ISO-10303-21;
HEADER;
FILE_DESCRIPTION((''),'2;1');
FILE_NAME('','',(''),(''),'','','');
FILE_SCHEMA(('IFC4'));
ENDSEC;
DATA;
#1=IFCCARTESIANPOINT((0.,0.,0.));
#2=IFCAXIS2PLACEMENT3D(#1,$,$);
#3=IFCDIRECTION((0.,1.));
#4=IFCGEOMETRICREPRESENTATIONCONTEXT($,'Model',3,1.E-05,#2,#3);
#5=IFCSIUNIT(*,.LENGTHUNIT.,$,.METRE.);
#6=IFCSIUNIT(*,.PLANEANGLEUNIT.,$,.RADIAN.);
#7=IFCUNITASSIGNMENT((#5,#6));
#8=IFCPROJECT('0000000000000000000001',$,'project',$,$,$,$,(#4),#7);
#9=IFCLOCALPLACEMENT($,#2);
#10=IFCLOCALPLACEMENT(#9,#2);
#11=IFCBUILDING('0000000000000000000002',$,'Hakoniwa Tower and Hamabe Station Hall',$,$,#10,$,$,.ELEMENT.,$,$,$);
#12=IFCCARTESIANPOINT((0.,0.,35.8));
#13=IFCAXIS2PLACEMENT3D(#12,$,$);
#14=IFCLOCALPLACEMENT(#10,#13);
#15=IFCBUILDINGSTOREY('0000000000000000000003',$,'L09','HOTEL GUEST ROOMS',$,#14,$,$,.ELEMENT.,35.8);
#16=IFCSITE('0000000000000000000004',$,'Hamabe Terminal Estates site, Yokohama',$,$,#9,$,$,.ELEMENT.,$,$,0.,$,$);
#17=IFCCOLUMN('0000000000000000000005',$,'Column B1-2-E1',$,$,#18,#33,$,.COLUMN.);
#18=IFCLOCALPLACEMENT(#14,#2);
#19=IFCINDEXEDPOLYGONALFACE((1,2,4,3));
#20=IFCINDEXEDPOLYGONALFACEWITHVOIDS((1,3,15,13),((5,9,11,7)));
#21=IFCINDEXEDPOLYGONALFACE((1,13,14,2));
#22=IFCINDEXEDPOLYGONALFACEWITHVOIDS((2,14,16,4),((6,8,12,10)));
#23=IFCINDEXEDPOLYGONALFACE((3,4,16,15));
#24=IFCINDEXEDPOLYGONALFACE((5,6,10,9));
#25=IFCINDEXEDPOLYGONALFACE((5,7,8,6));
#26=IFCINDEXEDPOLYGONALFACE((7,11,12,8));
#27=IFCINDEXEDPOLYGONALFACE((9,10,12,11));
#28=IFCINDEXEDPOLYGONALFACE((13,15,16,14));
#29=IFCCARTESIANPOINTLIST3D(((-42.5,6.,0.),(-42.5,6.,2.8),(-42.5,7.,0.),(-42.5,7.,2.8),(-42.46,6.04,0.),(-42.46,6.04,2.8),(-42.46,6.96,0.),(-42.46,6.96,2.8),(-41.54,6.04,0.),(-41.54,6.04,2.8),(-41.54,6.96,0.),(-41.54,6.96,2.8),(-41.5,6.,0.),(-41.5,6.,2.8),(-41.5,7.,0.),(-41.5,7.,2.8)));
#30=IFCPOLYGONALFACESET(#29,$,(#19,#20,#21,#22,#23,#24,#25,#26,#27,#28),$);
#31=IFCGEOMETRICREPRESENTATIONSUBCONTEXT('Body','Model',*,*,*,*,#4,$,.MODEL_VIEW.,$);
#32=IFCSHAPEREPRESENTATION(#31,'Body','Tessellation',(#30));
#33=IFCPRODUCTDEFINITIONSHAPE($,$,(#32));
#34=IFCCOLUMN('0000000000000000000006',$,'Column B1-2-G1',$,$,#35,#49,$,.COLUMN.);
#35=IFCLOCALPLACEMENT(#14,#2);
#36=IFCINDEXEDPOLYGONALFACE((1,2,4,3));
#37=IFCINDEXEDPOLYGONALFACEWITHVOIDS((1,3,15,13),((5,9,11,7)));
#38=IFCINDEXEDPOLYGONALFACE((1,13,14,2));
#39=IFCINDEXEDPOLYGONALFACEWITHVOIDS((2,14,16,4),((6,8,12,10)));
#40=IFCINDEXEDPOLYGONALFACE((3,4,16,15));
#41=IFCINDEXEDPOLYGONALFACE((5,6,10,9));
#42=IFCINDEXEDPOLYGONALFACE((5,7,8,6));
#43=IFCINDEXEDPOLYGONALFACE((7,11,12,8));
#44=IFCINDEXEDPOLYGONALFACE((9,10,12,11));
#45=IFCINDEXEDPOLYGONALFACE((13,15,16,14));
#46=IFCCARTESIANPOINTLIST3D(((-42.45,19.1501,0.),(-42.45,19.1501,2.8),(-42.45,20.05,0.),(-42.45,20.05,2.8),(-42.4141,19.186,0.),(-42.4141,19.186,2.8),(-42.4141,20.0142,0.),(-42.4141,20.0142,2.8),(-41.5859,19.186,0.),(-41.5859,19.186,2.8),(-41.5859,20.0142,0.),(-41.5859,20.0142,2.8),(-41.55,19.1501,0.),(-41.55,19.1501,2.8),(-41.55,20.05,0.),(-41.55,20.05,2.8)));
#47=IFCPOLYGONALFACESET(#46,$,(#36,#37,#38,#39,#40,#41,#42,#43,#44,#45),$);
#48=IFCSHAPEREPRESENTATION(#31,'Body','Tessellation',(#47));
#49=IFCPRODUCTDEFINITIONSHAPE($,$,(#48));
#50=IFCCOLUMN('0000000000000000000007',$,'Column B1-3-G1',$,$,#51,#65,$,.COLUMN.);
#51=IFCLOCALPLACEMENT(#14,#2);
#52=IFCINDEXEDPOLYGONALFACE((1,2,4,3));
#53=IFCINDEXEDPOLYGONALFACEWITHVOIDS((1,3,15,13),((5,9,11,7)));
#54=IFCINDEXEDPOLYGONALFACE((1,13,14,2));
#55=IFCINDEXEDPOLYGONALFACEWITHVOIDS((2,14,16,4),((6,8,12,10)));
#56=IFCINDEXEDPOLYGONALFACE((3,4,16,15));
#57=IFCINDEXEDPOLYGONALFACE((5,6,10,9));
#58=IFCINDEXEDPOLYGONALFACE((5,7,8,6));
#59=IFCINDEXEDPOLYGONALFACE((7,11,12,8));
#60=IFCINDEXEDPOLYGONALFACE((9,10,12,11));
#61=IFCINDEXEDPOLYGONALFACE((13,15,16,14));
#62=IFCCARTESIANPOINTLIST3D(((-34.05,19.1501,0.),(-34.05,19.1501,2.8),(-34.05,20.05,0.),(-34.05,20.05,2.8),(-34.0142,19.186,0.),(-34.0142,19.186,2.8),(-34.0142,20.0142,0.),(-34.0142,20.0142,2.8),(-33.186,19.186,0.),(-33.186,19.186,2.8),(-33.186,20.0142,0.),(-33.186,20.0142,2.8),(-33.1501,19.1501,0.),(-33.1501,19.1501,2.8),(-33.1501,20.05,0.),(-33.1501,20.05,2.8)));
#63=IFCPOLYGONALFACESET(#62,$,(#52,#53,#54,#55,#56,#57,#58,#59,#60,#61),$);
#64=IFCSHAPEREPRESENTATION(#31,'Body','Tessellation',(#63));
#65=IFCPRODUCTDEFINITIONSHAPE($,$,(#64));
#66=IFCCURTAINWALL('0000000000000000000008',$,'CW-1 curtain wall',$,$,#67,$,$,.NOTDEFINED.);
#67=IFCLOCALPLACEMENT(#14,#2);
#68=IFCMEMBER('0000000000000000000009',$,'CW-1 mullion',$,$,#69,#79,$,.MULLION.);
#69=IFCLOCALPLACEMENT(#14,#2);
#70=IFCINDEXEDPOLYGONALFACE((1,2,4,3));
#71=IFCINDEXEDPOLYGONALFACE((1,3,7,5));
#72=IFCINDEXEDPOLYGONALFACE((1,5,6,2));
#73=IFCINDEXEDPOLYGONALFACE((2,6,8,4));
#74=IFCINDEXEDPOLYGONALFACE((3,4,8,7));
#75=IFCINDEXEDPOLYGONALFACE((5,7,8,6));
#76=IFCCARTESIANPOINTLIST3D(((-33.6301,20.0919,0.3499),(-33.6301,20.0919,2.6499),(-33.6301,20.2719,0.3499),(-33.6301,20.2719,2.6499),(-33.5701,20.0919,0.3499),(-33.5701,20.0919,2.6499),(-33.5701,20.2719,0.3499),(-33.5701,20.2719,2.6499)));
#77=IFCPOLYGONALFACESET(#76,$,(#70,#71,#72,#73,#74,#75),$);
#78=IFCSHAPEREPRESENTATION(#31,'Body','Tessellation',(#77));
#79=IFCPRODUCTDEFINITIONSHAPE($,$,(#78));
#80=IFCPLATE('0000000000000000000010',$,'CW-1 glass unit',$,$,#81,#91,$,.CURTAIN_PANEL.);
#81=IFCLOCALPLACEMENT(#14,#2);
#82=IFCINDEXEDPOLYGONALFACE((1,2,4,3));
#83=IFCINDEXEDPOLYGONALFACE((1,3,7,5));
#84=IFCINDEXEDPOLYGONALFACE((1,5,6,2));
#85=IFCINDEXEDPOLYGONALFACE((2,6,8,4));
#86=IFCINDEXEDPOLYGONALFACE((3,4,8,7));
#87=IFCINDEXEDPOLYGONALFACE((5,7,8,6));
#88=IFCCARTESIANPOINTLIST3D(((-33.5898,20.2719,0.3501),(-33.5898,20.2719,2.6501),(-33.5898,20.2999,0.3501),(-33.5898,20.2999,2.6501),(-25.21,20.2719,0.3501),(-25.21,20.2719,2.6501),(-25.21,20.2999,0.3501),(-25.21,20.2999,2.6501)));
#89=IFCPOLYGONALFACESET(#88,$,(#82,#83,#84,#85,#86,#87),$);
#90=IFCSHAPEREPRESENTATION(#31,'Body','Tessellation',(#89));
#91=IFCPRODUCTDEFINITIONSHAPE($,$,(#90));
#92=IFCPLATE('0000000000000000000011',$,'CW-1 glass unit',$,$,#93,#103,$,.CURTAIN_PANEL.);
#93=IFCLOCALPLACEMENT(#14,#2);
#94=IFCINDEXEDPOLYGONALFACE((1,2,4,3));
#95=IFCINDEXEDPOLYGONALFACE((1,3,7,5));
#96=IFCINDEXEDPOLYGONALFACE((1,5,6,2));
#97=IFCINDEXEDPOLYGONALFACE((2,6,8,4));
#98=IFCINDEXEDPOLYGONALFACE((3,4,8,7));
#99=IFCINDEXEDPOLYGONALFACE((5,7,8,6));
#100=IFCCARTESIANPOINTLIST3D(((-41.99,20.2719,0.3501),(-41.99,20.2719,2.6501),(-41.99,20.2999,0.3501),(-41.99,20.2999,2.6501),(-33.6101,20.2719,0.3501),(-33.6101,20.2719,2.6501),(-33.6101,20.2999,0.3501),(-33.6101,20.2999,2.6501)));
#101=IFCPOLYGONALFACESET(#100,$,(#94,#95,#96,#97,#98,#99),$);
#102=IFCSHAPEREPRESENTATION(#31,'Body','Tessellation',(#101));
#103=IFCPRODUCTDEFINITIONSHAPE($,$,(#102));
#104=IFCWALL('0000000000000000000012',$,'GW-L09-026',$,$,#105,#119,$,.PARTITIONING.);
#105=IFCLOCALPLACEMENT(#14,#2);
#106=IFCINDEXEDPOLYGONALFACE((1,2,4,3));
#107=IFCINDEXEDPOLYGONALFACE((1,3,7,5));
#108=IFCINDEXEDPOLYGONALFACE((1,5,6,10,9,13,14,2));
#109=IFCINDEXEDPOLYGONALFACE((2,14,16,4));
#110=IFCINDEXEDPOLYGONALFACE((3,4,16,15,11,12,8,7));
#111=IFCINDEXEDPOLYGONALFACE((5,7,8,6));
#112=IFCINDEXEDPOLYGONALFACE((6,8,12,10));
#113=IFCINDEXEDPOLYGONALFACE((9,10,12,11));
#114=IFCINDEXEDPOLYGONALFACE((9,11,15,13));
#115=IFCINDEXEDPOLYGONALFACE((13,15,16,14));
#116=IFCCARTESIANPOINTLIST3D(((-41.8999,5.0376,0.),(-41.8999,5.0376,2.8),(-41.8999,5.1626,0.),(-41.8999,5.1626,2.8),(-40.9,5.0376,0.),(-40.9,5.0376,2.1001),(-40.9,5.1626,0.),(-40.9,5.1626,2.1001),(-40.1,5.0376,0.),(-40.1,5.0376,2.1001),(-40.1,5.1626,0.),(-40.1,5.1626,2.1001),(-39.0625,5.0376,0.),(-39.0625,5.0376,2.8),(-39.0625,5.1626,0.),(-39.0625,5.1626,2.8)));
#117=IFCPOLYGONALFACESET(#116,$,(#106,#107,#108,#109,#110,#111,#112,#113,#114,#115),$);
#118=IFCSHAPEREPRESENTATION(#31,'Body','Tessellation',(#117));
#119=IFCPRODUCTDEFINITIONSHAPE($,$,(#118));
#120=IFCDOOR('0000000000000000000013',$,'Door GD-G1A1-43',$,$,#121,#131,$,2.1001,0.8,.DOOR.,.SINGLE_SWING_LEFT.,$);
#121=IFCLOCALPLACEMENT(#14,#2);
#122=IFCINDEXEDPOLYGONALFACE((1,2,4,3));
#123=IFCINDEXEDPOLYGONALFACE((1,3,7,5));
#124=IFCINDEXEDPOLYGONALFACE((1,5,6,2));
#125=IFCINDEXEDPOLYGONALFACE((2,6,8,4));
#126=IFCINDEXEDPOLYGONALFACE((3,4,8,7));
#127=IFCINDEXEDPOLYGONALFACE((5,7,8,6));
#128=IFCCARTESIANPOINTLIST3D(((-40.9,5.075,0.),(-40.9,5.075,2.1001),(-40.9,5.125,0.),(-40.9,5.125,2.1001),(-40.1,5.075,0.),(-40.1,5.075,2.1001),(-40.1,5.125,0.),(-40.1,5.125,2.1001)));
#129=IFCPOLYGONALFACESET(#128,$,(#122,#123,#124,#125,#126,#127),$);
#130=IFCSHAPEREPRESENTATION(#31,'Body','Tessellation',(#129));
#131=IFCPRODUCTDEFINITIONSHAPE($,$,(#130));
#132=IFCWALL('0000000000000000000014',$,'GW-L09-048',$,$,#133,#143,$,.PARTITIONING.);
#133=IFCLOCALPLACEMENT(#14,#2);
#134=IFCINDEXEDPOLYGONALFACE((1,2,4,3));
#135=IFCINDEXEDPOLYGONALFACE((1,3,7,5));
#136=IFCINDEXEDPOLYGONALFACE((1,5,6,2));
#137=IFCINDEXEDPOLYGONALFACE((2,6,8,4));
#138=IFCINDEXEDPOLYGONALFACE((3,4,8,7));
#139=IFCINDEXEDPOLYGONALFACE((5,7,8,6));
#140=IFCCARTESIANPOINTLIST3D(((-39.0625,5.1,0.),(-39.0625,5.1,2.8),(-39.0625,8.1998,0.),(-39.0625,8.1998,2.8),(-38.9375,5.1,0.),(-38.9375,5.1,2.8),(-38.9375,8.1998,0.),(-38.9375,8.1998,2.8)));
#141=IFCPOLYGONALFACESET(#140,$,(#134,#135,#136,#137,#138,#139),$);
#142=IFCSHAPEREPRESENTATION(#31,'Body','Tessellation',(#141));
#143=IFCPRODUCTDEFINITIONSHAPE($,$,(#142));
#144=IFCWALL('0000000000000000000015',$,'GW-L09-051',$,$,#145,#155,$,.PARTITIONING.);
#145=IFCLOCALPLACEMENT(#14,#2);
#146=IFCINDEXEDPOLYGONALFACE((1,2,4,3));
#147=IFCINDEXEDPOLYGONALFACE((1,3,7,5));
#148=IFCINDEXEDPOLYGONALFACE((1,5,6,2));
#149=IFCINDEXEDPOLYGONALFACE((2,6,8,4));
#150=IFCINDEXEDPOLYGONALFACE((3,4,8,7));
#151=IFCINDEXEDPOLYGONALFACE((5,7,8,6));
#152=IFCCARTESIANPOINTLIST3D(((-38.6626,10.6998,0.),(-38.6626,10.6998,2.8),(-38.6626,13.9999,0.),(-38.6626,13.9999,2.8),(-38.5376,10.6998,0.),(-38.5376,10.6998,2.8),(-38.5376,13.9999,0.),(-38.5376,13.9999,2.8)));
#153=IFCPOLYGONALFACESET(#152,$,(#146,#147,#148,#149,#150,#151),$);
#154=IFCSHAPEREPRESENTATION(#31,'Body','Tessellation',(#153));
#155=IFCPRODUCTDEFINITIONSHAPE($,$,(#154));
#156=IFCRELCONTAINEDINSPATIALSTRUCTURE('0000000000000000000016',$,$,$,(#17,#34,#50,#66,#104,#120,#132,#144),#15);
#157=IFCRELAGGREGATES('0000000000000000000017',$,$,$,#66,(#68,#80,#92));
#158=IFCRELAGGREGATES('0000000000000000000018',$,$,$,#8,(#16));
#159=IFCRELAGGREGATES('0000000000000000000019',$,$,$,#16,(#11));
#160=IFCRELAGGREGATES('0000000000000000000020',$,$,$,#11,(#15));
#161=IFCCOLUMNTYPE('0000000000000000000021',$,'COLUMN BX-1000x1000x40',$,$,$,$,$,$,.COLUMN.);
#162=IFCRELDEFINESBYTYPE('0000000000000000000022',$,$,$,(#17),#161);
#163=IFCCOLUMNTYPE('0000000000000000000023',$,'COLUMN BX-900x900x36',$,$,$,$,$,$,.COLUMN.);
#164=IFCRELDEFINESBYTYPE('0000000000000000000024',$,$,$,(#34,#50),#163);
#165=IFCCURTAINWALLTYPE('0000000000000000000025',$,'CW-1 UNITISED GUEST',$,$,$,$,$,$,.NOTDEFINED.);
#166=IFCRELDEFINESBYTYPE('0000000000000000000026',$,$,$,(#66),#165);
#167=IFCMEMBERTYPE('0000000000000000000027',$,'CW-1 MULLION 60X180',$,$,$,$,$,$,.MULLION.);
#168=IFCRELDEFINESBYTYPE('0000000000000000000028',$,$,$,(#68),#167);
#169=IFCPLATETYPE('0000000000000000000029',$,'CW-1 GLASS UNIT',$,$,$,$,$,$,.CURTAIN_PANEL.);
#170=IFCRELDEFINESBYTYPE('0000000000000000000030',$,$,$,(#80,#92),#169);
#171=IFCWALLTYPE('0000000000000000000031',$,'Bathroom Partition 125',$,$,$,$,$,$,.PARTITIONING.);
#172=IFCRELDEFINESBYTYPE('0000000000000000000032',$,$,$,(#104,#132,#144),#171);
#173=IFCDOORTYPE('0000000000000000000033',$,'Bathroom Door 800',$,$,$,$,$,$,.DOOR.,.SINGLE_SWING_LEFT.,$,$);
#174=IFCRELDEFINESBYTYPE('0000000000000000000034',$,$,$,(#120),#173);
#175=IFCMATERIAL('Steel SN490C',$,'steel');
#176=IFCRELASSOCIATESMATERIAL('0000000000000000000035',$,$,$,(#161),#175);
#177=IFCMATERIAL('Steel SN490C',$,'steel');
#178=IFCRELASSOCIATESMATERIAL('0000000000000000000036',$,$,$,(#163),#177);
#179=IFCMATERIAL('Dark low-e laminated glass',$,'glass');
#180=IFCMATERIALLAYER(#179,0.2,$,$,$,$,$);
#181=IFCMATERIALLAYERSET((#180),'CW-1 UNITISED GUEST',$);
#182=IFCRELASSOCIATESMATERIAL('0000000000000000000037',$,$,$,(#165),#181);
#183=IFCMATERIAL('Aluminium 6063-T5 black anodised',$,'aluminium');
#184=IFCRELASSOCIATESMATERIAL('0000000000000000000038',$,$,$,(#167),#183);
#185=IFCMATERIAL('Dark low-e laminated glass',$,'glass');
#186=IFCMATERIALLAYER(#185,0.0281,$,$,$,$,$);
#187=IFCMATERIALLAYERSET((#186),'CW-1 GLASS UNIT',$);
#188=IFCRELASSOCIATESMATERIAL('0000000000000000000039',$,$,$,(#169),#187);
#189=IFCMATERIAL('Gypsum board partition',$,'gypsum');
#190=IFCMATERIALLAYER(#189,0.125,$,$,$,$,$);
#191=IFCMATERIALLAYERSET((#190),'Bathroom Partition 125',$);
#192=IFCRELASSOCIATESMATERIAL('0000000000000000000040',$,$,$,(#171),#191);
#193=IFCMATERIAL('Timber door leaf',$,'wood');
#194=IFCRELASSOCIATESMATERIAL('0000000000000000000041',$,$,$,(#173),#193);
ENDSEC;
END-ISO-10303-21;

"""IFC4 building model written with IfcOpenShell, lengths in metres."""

from ifc_helpers import new_model, si_unit, direction, frame, frame_2d, origin, origin_2d, place, context, subcontext, project, spatial, rectangle, hollow_rectangle, extrude, material, layer, layer_set, material_profile, profile_set, type_object, element, fill, aggregate, save


model = new_model("IFC4")

# Units and contexts
model_context = context("Model", 3, precision=1e-05, world=origin(), true_north=direction((0.0, 1.0)))
body_context = subcontext(model_context, "Body", "Model", "MODEL_VIEW")
ifc_project = project(units=[si_unit("LENGTHUNIT", "METRE"), si_unit("PLANEANGLEUNIT", "RADIAN")], contexts=[model_context])

# Site, building, storey
site_placement = place(None, origin())
site = spatial("IfcSite", under=ifc_project, at=site_placement, Name="Hamabe Terminal Estates site, Yokohama", CompositionType="ELEMENT", RefElevation=0.0)
building_placement = place(site_placement, origin())
building = spatial("IfcBuilding", under=site, at=building_placement, Name="Hakoniwa Tower and Hamabe Station Hall", CompositionType="ELEMENT")
storey_placement = place(building_placement, frame((0.0, 0.0, 35.8)))
storey = spatial("IfcBuildingStorey", under=building, at=storey_placement, Name="L09", Description="HOTEL GUEST ROOMS", CompositionType="ELEMENT", Elevation=35.8)

# Columns
ifc_material_1 = material(Name="Steel SN490C", Category="steel")
ifc_material_profile_1 = material_profile(ifc_material_1, hollow_rectangle(XDim=1.0, YDim=1.0, WallThickness=0.04, at=origin_2d()), Name="BX-1000x1000x40")
ifc_profile_set_1 = profile_set([ifc_material_profile_1], Name="Steel SN490C")
column_type_1 = type_object("IfcColumnType", Name="COLUMN BX-1000x1000x40", PredefinedType="COLUMN", material=ifc_profile_set_1)
column_placement = place(storey_placement, frame((-42.0, 6.5, 0.0), z_axis=(0.0, 0.0, 1.0), x_axis=(1.0, 0.0, 0.0)))
element("IfcColumn", 1, at=column_placement, inside=storey, type_object=column_type_1, Name="Column B1-2-E1", PredefinedType="COLUMN", context=body_context, shape_type="SweptSolid", body=[
    extrude(hollow_rectangle(XDim=1.0, YDim=1.0, WallThickness=0.04, at=origin_2d()), origin(), (0.0, 0.0, 1.0), 2.8),
])
ifc_material_2 = material(Name="Steel SN490C", Category="steel")
ifc_material_profile_2 = material_profile(ifc_material_2, hollow_rectangle(XDim=0.8999, YDim=0.8999, WallThickness=0.0359, at=origin_2d()), Name="BX-900x900x36")
ifc_profile_set_2 = profile_set([ifc_material_profile_2], Name="Steel SN490C")
column_type_2 = type_object("IfcColumnType", Name="COLUMN BX-900x900x36", PredefinedType="COLUMN", material=ifc_profile_set_2)
for number, where, z_axis, x_axis, name in (
    (2, (-42.0, 19.6001, 0.0), (0.0, 0.0, 1.0), (1.0, 0.0, 0.0), "Column B1-2-G1"),
    (3, (-33.6001, 19.6001, 0.0), (0.0, 0.0, 1.0), (1.0, 0.0, 0.0), "Column B1-3-G1"),
):
    element("IfcColumn", number, at=place(storey_placement, frame(where, z_axis=z_axis, x_axis=x_axis)), inside=storey, type_object=column_type_2, Name=name, PredefinedType="COLUMN", context=body_context, shape_type="SweptSolid", body=[
        extrude(hollow_rectangle(XDim=0.8999, YDim=0.8999, WallThickness=0.0359, at=origin_2d()), origin(), (0.0, 0.0, 1.0), 2.8),
    ])

# Curtain wall, member, plates
ifc_material_3 = material(Name="Dark low-e laminated glass", Category="glass")
ifc_layer_1 = layer(ifc_material_3, 0.2)
ifc_layer_set_1 = layer_set([ifc_layer_1], Name="CW-1 UNITISED GUEST")
curtain_wall_type = type_object("IfcCurtainWallType", Name="CW-1 UNITISED GUEST", PredefinedType="NOTDEFINED", material=ifc_layer_set_1)
curtain_wall_placement = place(storey_placement, origin())
curtain_wall = element("IfcCurtainWall", 4, at=curtain_wall_placement, inside=storey, type_object=curtain_wall_type, Name="CW-1 curtain wall", PredefinedType="NOTDEFINED")
ifc_material_4 = material(Name="Aluminium 6063-T5 black anodised", Category="aluminium")
ifc_material_profile_3 = material_profile(ifc_material_4, rectangle(XDim=0.0601, YDim=0.1799, at=origin_2d()), Name="CW-1 MULLION 60X180")
ifc_profile_set_3 = profile_set([ifc_material_profile_3], Name="Aluminium 6063-T5 black anodised")
member_type = type_object("IfcMemberType", Name="CW-1 MULLION 60X180", PredefinedType="MULLION", material=ifc_profile_set_3)
member_placement = place(storey_placement, frame((-33.6001, 20.1819, 0.3499), z_axis=(0.0, 0.0, 1.0), x_axis=(-1.0, 0.0, 0.0)))
member = element("IfcMember", 5, at=member_placement, type_object=member_type, Name="CW-1 mullion", PredefinedType="MULLION", context=body_context, shape_type="SweptSolid", body=[
    extrude(rectangle(XDim=0.0601, YDim=0.1799, at=origin_2d()), origin(), (0.0, 0.0, 1.0), 2.3),
])
ifc_material_5 = material(Name="Dark low-e laminated glass", Category="glass")
ifc_layer_2 = layer(ifc_material_5, 0.0281)
ifc_layer_set_2 = layer_set([ifc_layer_2], Name="CW-1 GLASS UNIT")
plate_type = type_object("IfcPlateType", Name="CW-1 GLASS UNIT", PredefinedType="CURTAIN_PANEL", material=ifc_layer_set_2)
plate_1_placement = place(storey_placement, frame((-29.3999, 20.2859, 0.3501), z_axis=(0.0, 0.0, 1.0), x_axis=(-1.0, 0.0, 0.0)))
plate_1 = element("IfcPlate", 6, at=plate_1_placement, type_object=plate_type, Name="CW-1 glass unit", PredefinedType="CURTAIN_PANEL", context=body_context, shape_type="SweptSolid", body=[
    extrude(rectangle(XDim=8.3799, YDim=0.0281, at=origin_2d()), origin(), (0.0, 0.0, 1.0), 2.3),
])
plate_2_placement = place(storey_placement, frame((-37.8, 20.2859, 0.3501), z_axis=(0.0, 0.0, 1.0), x_axis=(-1.0, 0.0, 0.0)))
plate_2 = element("IfcPlate", 7, at=plate_2_placement, type_object=plate_type, Name="CW-1 glass unit", PredefinedType="CURTAIN_PANEL", context=body_context, shape_type="SweptSolid", body=[
    extrude(rectangle(XDim=8.3799, YDim=0.0281, at=origin_2d()), origin(), (0.0, 0.0, 1.0), 2.3),
])
aggregate(curtain_wall, [member, plate_1, plate_2])

# Wall, opening, door
ifc_material_6 = material(Name="Gypsum board partition", Category="gypsum")
ifc_layer_3 = layer(ifc_material_6, 0.125)
ifc_layer_set_3 = layer_set([ifc_layer_3], Name="Bathroom Partition 125")
wall_type_1 = type_object("IfcWallType", Name="Bathroom Partition 125", PredefinedType="PARTITIONING", material=ifc_layer_set_3)
wall_1_placement = place(storey_placement, frame((-41.8999, 5.1001, 0.0), z_axis=(0.0, 0.0, 1.0), x_axis=(1.0, 0.0, 0.0)))
wall_1 = element("IfcWall", 8, at=wall_1_placement, inside=storey, type_object=wall_type_1, Name="GW-L09-026", PredefinedType="PARTITIONING", context=body_context, shape_type="SweptSolid", body=[
    extrude(rectangle(XDim=2.8374, YDim=0.125, at=frame_2d((1.4187, 0.0))), origin(), (0.0, 0.0, 1.0), 2.8),
])
opening_1_placement = place(wall_1_placement, frame((1.0, 0.0, 0.0)))
opening_1 = element("IfcOpeningElement", 9, at=opening_1_placement, cuts=wall_1, PredefinedType="OPENING", context=body_context, shape_type="SweptSolid", body=[
    extrude(rectangle(XDim=0.8, YDim=2.1001, at=frame_2d((0.3999, 1.05))), frame((0.0, 0.0725, 0.0), z_axis=(0.0, -1.0, 0.0), x_axis=(1.0, 0.0, 0.0)), (0.0, 0.0, 1.0), 0.145),
])
ifc_material_7 = material(Name="Timber door leaf", Category="wood")
door_type_1 = type_object("IfcDoorType", Name="Bathroom Door 800", OperationType="SINGLE_SWING_LEFT", PredefinedType="DOOR", material=ifc_material_7)
door_1_placement = place(opening_1_placement, origin())
door_1 = element("IfcDoor", 10, at=door_1_placement, inside=storey, type_object=door_type_1, Name="Door GD-G1A1-43", OperationType="SINGLE_SWING_LEFT", OverallHeight=2.1001, OverallWidth=0.8, PredefinedType="DOOR", context=body_context, shape_type="SweptSolid", body=[
    extrude(rectangle(XDim=0.8, YDim=2.1001, at=frame_2d((0.3999, 1.05))), frame((0.0, 0.0249, 0.0), z_axis=(0.0, -1.0, 0.0), x_axis=(1.0, 0.0, 0.0)), (0.0, 0.0, 1.0), 0.05),
])
fill(opening_1, door_1)

# Walls
wall_2_placement = place(storey_placement, frame((-39.0, 5.1001, 0.0), z_axis=(0.0, 0.0, 1.0), x_axis=(0.0, 1.0, 0.0)))
element("IfcWall", 11, at=wall_2_placement, inside=storey, type_object=wall_type_1, Name="GW-L09-048", PredefinedType="PARTITIONING", context=body_context, shape_type="SweptSolid", body=[
    extrude(rectangle(XDim=3.0999, YDim=0.125, at=frame_2d((1.5498, 0.0))), origin(), (0.0, 0.0, 1.0), 2.8),
])
wall_3_placement = place(storey_placement, frame((-38.6001, 10.7, 0.0), z_axis=(0.0, 0.0, 1.0), x_axis=(0.0, 1.0, 0.0)))
element("IfcWall", 12, at=wall_3_placement, inside=storey, type_object=wall_type_1, Name="GW-L09-051", PredefinedType="PARTITIONING", context=body_context, shape_type="SweptSolid", body=[
    extrude(rectangle(XDim=3.3, YDim=0.125, at=frame_2d((1.6499, 0.0))), origin(), (0.0, 0.0, 1.0), 2.8),
])

save(model, "model.ifc")
